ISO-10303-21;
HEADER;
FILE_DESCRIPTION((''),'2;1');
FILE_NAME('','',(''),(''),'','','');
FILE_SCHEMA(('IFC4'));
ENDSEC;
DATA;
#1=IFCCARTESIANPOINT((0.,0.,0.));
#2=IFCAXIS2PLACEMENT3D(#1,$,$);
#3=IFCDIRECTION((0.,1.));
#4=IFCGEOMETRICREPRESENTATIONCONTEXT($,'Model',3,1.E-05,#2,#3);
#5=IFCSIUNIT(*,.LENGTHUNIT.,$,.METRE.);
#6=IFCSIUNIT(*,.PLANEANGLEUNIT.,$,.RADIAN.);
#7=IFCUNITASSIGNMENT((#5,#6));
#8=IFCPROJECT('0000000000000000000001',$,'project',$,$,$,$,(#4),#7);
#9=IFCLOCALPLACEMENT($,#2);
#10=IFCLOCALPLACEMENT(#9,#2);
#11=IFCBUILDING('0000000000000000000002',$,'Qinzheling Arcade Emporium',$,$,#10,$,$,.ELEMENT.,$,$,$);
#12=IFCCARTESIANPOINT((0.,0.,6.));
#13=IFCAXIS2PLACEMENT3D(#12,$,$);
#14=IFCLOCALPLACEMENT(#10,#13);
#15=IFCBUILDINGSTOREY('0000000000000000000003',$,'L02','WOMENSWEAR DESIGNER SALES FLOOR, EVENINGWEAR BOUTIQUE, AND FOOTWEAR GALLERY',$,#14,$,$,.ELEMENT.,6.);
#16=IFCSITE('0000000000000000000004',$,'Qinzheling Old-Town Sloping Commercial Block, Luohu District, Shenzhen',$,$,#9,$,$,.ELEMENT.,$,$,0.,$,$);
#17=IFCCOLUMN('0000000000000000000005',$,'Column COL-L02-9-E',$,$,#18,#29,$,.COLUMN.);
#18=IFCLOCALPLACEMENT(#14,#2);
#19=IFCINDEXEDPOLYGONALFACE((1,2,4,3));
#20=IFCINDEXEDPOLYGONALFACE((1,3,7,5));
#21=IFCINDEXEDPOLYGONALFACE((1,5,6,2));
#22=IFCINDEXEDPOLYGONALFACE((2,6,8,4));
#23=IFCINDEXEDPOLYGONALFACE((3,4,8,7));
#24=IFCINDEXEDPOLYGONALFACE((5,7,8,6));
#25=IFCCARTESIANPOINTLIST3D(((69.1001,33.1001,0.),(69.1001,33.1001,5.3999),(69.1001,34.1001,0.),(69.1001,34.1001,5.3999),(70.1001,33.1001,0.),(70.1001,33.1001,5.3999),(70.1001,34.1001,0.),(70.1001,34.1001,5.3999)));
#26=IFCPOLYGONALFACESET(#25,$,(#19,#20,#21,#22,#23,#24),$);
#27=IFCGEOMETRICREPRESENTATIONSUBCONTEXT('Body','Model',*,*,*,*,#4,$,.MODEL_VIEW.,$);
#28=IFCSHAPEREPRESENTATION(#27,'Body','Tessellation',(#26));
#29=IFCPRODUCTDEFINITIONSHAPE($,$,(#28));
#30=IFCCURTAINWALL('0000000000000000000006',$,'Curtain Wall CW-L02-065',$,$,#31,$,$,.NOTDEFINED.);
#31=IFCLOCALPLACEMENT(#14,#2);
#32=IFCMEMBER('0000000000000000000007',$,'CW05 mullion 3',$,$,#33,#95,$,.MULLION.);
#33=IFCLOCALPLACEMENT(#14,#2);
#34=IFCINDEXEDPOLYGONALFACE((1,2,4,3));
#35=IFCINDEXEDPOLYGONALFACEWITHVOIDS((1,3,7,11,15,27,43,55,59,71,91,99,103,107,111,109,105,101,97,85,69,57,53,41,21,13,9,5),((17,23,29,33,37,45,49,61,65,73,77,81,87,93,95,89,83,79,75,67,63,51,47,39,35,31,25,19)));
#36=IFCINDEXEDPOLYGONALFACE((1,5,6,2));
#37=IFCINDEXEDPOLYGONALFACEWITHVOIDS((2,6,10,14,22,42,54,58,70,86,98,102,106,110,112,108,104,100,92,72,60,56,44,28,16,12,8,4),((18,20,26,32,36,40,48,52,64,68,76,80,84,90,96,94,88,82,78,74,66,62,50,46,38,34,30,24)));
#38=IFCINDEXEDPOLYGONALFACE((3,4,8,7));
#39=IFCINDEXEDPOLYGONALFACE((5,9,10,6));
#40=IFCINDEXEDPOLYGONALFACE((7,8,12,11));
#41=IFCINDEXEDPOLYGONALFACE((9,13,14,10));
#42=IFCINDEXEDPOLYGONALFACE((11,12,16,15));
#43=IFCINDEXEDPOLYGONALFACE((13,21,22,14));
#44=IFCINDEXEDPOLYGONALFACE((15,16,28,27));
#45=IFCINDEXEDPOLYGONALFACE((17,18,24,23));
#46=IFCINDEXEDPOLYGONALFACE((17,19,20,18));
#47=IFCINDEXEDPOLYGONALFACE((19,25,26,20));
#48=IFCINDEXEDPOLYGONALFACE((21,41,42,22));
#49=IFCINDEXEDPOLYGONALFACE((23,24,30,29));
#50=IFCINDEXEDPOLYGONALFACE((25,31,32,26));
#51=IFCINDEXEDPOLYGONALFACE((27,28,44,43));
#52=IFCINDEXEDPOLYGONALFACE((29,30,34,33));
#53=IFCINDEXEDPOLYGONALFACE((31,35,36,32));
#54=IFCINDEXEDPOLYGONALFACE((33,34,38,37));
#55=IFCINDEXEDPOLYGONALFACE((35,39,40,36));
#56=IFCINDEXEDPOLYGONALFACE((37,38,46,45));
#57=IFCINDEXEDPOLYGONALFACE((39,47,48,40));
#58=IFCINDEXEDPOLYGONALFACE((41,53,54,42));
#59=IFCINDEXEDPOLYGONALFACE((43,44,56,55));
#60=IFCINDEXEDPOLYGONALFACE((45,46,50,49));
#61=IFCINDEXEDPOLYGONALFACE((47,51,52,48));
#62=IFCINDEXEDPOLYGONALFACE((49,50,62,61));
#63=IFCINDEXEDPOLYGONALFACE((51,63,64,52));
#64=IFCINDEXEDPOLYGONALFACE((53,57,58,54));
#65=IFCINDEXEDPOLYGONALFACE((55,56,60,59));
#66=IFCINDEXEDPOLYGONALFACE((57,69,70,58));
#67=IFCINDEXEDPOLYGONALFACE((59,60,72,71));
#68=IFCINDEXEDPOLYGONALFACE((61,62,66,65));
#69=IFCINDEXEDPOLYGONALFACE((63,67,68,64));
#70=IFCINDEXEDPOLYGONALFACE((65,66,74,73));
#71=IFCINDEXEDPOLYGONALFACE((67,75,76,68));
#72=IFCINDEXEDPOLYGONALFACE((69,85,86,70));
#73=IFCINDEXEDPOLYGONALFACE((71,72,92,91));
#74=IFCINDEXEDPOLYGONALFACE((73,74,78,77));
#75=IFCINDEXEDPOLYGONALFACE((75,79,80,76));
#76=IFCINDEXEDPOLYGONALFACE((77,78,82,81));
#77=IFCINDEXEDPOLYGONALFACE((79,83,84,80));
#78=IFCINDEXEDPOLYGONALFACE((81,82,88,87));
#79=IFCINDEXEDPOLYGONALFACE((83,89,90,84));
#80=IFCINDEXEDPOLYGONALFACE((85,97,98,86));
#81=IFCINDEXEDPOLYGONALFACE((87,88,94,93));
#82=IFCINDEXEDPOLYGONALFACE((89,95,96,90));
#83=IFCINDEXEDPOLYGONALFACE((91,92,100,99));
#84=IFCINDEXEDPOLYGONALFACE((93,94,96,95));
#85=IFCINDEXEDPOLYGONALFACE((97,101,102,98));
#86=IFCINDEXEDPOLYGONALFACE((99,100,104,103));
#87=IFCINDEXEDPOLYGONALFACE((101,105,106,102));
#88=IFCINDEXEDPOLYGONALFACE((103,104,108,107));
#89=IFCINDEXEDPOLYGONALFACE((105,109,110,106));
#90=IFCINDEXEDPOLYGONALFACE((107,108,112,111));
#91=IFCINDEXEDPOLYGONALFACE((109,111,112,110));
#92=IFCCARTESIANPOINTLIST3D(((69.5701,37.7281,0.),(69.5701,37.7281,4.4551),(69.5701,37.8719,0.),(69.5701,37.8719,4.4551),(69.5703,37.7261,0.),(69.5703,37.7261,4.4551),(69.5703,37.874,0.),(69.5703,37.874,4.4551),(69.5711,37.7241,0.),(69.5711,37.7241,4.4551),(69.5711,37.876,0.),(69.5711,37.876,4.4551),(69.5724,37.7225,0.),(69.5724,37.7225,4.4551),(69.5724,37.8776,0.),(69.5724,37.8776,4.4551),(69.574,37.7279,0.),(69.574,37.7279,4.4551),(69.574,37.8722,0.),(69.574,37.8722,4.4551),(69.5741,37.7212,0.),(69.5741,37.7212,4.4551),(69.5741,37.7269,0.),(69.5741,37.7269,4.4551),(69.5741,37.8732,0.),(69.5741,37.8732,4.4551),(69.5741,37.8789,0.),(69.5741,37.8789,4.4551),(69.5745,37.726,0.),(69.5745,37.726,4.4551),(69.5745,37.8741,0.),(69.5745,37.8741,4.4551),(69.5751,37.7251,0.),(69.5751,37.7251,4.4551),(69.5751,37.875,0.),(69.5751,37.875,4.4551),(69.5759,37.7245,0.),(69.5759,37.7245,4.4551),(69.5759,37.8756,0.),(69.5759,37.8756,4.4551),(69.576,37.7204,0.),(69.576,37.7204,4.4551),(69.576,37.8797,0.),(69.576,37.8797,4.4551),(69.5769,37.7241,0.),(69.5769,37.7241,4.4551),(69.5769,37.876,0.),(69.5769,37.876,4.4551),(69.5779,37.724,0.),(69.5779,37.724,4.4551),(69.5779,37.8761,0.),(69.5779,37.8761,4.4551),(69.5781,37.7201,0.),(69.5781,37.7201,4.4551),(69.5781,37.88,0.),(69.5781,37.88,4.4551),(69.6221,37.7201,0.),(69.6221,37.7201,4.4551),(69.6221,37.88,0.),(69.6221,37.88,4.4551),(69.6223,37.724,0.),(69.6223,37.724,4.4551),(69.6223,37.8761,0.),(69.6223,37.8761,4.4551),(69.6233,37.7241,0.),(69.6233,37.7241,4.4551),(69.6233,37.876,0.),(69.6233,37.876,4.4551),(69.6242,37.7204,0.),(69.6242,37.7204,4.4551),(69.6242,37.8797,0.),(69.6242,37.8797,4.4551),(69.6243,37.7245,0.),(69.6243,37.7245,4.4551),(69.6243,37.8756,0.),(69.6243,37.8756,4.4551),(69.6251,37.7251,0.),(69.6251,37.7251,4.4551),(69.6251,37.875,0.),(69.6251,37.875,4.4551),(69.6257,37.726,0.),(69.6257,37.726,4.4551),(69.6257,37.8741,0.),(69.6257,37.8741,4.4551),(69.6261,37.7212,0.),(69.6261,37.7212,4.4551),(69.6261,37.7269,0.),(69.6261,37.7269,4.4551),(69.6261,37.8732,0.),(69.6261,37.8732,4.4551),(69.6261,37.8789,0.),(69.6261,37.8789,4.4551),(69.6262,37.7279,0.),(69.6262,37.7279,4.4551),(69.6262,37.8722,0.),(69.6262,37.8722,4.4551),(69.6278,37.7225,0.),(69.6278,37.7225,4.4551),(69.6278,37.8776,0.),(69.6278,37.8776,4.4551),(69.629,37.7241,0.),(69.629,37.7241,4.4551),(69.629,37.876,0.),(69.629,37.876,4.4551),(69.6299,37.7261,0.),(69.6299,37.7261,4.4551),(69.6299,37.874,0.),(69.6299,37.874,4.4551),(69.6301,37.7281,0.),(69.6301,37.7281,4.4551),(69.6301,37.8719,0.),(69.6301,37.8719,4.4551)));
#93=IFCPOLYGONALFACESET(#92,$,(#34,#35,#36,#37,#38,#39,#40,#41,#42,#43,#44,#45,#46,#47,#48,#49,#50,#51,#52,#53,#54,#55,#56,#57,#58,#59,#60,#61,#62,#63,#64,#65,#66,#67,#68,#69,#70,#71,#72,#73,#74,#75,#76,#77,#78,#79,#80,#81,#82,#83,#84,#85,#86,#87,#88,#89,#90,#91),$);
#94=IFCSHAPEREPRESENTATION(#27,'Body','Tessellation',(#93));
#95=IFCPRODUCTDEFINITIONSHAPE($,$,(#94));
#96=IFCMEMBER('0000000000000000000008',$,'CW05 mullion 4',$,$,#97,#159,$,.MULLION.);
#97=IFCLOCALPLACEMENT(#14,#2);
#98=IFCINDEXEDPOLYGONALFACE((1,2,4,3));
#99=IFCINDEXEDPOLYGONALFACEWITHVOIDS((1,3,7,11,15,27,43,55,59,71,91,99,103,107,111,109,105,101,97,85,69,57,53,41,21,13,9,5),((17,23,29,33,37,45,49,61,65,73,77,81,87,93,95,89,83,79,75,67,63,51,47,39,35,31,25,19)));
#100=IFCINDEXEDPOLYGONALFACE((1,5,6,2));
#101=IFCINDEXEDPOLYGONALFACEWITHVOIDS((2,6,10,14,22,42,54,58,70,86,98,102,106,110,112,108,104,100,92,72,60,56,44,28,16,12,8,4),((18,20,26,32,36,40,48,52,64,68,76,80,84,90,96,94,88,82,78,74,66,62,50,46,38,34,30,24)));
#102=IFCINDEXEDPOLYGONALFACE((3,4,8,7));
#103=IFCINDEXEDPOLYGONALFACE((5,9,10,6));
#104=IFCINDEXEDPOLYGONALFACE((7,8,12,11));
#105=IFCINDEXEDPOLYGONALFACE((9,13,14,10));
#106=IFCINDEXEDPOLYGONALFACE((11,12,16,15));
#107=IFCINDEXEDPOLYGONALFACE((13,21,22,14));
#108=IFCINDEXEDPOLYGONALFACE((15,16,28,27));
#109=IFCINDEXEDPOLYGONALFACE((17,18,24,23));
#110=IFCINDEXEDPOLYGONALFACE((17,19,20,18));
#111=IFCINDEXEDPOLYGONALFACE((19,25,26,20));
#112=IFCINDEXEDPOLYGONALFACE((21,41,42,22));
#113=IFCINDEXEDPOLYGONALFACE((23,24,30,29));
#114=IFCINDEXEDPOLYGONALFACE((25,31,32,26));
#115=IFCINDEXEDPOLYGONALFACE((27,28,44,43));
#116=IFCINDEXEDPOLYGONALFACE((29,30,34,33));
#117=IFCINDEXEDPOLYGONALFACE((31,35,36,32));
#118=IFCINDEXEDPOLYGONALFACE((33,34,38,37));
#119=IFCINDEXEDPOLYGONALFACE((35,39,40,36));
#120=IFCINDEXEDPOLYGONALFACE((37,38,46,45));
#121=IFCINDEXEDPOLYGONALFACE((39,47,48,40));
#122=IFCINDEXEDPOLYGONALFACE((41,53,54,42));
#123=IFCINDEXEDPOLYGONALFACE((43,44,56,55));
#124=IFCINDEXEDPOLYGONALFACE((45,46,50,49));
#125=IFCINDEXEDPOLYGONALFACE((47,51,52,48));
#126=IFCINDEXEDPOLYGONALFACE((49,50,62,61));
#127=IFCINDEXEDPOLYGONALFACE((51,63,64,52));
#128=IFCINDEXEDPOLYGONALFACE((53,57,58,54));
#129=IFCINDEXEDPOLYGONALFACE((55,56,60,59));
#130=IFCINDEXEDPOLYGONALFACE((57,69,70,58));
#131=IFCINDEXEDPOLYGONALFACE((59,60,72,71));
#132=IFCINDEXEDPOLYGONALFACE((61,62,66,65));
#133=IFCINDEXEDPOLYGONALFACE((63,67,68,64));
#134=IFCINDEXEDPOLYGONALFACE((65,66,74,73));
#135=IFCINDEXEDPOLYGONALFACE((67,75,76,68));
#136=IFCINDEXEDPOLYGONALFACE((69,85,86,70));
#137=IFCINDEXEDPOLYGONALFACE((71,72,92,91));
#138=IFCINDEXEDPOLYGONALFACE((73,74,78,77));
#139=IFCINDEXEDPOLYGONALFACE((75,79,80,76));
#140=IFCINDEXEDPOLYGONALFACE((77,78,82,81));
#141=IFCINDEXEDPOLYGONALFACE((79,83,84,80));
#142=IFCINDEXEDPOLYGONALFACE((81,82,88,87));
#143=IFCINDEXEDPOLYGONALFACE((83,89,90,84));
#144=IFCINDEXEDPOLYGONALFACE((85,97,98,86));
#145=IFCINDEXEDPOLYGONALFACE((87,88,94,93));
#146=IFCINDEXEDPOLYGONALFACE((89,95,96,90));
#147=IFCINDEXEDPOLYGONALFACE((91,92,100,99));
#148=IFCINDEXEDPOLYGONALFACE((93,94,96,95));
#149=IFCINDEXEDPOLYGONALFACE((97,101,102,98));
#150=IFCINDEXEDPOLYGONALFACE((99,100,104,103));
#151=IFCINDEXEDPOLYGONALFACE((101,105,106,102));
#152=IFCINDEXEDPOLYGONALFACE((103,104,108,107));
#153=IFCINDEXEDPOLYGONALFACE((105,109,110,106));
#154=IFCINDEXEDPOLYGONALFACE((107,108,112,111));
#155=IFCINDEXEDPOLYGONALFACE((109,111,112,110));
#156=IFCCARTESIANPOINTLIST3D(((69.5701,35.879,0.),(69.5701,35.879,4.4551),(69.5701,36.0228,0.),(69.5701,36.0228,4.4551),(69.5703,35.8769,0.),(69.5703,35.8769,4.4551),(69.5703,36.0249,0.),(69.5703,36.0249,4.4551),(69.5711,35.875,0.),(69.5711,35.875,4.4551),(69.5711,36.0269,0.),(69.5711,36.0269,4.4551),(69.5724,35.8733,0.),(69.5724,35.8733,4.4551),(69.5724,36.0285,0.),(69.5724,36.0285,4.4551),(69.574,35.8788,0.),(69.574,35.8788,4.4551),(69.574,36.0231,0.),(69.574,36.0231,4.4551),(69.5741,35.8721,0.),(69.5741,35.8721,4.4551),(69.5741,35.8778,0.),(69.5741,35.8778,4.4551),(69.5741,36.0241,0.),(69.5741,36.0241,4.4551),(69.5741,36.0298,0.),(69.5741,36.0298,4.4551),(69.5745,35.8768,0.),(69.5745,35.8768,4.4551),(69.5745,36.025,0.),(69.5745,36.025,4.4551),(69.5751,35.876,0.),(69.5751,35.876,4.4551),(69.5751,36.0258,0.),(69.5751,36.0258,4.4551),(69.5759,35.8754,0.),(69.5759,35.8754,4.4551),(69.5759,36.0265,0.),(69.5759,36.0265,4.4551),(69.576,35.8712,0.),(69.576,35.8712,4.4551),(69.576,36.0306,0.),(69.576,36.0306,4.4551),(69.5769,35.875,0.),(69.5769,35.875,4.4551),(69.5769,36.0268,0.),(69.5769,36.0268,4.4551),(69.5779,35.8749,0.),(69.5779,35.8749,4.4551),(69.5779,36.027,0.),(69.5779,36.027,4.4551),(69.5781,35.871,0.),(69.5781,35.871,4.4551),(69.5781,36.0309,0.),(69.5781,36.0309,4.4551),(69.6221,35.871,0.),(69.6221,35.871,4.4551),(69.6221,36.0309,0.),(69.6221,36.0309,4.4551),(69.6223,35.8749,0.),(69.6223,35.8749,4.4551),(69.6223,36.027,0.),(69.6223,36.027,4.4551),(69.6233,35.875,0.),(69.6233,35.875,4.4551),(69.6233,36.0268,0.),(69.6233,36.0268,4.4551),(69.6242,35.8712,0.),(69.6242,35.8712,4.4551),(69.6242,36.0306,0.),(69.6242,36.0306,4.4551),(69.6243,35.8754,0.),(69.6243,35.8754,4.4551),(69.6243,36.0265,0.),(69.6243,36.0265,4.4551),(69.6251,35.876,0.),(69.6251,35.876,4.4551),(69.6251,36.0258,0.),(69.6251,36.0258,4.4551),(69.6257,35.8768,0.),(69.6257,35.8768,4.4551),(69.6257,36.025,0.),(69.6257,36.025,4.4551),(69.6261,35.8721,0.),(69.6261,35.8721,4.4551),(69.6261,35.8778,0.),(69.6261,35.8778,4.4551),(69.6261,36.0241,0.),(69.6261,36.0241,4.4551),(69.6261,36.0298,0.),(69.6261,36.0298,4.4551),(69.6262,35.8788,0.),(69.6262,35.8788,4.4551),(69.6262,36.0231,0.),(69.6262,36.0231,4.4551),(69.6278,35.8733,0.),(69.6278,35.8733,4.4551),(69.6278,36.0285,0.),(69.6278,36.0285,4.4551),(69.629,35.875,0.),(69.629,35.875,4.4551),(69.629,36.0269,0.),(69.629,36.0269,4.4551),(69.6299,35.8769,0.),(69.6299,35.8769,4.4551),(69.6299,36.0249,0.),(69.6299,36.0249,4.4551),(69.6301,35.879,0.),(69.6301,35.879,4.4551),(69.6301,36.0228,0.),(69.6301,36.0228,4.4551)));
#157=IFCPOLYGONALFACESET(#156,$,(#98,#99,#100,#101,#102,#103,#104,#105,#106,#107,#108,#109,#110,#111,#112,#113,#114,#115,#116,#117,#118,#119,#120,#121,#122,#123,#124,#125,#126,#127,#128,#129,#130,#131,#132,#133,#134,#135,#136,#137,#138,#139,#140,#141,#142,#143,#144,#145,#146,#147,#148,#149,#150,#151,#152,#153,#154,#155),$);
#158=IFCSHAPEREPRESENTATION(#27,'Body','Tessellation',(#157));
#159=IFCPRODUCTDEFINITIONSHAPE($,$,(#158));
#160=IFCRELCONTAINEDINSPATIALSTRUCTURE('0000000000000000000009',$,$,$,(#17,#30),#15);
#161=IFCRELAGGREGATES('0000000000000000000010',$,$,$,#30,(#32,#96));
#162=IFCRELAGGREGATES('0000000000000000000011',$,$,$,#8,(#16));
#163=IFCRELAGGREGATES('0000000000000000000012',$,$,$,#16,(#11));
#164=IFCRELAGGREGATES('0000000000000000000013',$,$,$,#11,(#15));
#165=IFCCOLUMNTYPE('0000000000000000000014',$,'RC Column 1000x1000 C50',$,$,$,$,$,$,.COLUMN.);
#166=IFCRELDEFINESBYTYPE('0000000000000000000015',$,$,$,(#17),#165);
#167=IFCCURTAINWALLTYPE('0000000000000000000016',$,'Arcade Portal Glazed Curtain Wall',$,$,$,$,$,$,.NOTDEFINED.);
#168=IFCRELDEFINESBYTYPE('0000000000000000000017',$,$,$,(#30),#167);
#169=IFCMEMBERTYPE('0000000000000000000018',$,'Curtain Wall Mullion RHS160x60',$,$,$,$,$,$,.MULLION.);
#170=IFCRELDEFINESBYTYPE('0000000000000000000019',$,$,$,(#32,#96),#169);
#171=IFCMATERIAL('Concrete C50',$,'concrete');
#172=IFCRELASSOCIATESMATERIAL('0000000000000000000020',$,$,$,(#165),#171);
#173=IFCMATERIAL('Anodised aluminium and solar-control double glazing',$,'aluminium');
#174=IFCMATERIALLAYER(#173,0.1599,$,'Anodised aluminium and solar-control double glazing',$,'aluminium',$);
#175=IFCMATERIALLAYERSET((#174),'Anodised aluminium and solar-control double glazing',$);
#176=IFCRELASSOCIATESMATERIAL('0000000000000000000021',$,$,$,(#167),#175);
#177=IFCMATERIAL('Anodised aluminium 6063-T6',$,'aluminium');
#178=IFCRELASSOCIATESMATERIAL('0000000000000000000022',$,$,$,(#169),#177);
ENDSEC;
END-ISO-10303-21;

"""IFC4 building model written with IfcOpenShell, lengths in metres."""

from ifc_helpers import new_model, si_unit, direction, frame, origin, origin_2d, place, context, subcontext, project, spatial, rectangle, hollow_rectangle, extrude, material, layer, layer_set, material_profile, profile_set, type_object, element, aggregate, save


model = new_model("IFC4")

# Units and contexts
model_context = context("Model", 3, precision=1e-05, world=origin(), true_north=direction((0.0, 1.0)))
body_context = subcontext(model_context, "Body", "Model", "MODEL_VIEW")
ifc_project = project(units=[si_unit("LENGTHUNIT", "METRE"), si_unit("PLANEANGLEUNIT", "RADIAN")], contexts=[model_context])

# Site, building, storey
site_placement = place(None, origin())
site = spatial("IfcSite", under=ifc_project, at=site_placement, Name="Qinzheling Old-Town Sloping Commercial Block, Luohu District, Shenzhen", CompositionType="ELEMENT", RefElevation=0.0)
building_placement = place(site_placement, origin())
building = spatial("IfcBuilding", under=site, at=building_placement, Name="Qinzheling Arcade Emporium", CompositionType="ELEMENT")
storey_placement = place(building_placement, frame((0.0, 0.0, 6.0)))
storey = spatial("IfcBuildingStorey", under=building, at=storey_placement, Name="L02", Description="WOMENSWEAR DESIGNER SALES FLOOR, EVENINGWEAR BOUTIQUE, AND FOOTWEAR GALLERY", CompositionType="ELEMENT", Elevation=6.0)

# Column
ifc_material_1 = material(Name="Concrete C50", Category="concrete")
ifc_material_profile_1 = material_profile(ifc_material_1, rectangle(XDim=1.0, YDim=1.0, at=origin_2d()), Name="RC 1000x1000", Category="concrete")
ifc_profile_set_1 = profile_set([ifc_material_profile_1], Name="Concrete C50")
column_type = type_object("IfcColumnType", Name="RC Column 1000x1000 C50", PredefinedType="COLUMN", material=ifc_profile_set_1)
column_placement = place(storey_placement, frame((69.6001, 33.6001, 0.0), z_axis=(0.0, 0.0, 1.0), x_axis=(1.0, 0.0, 0.0)))
element("IfcColumn", 1, at=column_placement, inside=storey, type_object=column_type, Name="Column COL-L02-9-E", PredefinedType="COLUMN", context=body_context, shape_type="SweptSolid", body=[
    extrude(rectangle(XDim=1.0, YDim=1.0, at=origin_2d()), origin(), (0.0, 0.0, 1.0), 5.3999),
])

# Curtain wall, members
ifc_material_2 = material(Name="Anodised aluminium and solar-control double glazing", Category="aluminium")
ifc_layer_1 = layer(ifc_material_2, 0.1599, Name="Anodised aluminium and solar-control double glazing", Category="aluminium")
ifc_layer_set_1 = layer_set([ifc_layer_1], Name="Anodised aluminium and solar-control double glazing")
curtain_wall_type = type_object("IfcCurtainWallType", Name="Arcade Portal Glazed Curtain Wall", PredefinedType="NOTDEFINED", material=ifc_layer_set_1)
curtain_wall_1_placement = place(storey_placement, origin())
curtain_wall_1 = element("IfcCurtainWall", 2, at=curtain_wall_1_placement, inside=storey, type_object=curtain_wall_type, Name="Curtain Wall CW-L02-065", PredefinedType="NOTDEFINED")
ifc_material_3 = material(Name="Anodised aluminium 6063-T6", Category="aluminium")
ifc_material_profile_2 = material_profile(ifc_material_3, hollow_rectangle(XDim=0.0601, YDim=0.1599, WallThickness=0.0039, InnerFilletRadius=0.0039, OuterFilletRadius=0.0081, at=origin_2d()), Name="RHS 160x60x4", Category="aluminium")
ifc_profile_set_2 = profile_set([ifc_material_profile_2], Name="Anodised aluminium 6063-T6")
member_type_1 = type_object("IfcMemberType", Name="Curtain Wall Mullion RHS160x60", PredefinedType="MULLION", material=ifc_profile_set_2)
member_1_placement = place(storey_placement, frame((69.6001, 37.8, 0.0), z_axis=(0.0, 0.0, 1.0), x_axis=(1.0, 0.0, 0.0)))
member_1 = element("IfcMember", 3, at=member_1_placement, type_object=member_type_1, Name="CW05 mullion 3", PredefinedType="MULLION", context=body_context, shape_type="SweptSolid", body=[
    extrude(hollow_rectangle(XDim=0.0601, YDim=0.1599, WallThickness=0.0039, InnerFilletRadius=0.0039, OuterFilletRadius=0.0081, at=origin_2d()), origin(), (0.0, 0.0, 1.0), 4.4551),
])
member_2_placement = place(storey_placement, frame((69.6001, 35.9509, 0.0), z_axis=(0.0, 0.0, 1.0), x_axis=(1.0, 0.0, 0.0)))
member_2 = element("IfcMember", 4, at=member_2_placement, type_object=member_type_1, Name="CW05 mullion 4", PredefinedType="MULLION", context=body_context, shape_type="SweptSolid", body=[
    extrude(hollow_rectangle(XDim=0.0601, YDim=0.1599, WallThickness=0.0039, InnerFilletRadius=0.0039, OuterFilletRadius=0.0081, at=origin_2d()), origin(), (0.0, 0.0, 1.0), 4.4551),
])

aggregate(curtain_wall_1, [member_1, member_2])

save(model, "model.ifc")
